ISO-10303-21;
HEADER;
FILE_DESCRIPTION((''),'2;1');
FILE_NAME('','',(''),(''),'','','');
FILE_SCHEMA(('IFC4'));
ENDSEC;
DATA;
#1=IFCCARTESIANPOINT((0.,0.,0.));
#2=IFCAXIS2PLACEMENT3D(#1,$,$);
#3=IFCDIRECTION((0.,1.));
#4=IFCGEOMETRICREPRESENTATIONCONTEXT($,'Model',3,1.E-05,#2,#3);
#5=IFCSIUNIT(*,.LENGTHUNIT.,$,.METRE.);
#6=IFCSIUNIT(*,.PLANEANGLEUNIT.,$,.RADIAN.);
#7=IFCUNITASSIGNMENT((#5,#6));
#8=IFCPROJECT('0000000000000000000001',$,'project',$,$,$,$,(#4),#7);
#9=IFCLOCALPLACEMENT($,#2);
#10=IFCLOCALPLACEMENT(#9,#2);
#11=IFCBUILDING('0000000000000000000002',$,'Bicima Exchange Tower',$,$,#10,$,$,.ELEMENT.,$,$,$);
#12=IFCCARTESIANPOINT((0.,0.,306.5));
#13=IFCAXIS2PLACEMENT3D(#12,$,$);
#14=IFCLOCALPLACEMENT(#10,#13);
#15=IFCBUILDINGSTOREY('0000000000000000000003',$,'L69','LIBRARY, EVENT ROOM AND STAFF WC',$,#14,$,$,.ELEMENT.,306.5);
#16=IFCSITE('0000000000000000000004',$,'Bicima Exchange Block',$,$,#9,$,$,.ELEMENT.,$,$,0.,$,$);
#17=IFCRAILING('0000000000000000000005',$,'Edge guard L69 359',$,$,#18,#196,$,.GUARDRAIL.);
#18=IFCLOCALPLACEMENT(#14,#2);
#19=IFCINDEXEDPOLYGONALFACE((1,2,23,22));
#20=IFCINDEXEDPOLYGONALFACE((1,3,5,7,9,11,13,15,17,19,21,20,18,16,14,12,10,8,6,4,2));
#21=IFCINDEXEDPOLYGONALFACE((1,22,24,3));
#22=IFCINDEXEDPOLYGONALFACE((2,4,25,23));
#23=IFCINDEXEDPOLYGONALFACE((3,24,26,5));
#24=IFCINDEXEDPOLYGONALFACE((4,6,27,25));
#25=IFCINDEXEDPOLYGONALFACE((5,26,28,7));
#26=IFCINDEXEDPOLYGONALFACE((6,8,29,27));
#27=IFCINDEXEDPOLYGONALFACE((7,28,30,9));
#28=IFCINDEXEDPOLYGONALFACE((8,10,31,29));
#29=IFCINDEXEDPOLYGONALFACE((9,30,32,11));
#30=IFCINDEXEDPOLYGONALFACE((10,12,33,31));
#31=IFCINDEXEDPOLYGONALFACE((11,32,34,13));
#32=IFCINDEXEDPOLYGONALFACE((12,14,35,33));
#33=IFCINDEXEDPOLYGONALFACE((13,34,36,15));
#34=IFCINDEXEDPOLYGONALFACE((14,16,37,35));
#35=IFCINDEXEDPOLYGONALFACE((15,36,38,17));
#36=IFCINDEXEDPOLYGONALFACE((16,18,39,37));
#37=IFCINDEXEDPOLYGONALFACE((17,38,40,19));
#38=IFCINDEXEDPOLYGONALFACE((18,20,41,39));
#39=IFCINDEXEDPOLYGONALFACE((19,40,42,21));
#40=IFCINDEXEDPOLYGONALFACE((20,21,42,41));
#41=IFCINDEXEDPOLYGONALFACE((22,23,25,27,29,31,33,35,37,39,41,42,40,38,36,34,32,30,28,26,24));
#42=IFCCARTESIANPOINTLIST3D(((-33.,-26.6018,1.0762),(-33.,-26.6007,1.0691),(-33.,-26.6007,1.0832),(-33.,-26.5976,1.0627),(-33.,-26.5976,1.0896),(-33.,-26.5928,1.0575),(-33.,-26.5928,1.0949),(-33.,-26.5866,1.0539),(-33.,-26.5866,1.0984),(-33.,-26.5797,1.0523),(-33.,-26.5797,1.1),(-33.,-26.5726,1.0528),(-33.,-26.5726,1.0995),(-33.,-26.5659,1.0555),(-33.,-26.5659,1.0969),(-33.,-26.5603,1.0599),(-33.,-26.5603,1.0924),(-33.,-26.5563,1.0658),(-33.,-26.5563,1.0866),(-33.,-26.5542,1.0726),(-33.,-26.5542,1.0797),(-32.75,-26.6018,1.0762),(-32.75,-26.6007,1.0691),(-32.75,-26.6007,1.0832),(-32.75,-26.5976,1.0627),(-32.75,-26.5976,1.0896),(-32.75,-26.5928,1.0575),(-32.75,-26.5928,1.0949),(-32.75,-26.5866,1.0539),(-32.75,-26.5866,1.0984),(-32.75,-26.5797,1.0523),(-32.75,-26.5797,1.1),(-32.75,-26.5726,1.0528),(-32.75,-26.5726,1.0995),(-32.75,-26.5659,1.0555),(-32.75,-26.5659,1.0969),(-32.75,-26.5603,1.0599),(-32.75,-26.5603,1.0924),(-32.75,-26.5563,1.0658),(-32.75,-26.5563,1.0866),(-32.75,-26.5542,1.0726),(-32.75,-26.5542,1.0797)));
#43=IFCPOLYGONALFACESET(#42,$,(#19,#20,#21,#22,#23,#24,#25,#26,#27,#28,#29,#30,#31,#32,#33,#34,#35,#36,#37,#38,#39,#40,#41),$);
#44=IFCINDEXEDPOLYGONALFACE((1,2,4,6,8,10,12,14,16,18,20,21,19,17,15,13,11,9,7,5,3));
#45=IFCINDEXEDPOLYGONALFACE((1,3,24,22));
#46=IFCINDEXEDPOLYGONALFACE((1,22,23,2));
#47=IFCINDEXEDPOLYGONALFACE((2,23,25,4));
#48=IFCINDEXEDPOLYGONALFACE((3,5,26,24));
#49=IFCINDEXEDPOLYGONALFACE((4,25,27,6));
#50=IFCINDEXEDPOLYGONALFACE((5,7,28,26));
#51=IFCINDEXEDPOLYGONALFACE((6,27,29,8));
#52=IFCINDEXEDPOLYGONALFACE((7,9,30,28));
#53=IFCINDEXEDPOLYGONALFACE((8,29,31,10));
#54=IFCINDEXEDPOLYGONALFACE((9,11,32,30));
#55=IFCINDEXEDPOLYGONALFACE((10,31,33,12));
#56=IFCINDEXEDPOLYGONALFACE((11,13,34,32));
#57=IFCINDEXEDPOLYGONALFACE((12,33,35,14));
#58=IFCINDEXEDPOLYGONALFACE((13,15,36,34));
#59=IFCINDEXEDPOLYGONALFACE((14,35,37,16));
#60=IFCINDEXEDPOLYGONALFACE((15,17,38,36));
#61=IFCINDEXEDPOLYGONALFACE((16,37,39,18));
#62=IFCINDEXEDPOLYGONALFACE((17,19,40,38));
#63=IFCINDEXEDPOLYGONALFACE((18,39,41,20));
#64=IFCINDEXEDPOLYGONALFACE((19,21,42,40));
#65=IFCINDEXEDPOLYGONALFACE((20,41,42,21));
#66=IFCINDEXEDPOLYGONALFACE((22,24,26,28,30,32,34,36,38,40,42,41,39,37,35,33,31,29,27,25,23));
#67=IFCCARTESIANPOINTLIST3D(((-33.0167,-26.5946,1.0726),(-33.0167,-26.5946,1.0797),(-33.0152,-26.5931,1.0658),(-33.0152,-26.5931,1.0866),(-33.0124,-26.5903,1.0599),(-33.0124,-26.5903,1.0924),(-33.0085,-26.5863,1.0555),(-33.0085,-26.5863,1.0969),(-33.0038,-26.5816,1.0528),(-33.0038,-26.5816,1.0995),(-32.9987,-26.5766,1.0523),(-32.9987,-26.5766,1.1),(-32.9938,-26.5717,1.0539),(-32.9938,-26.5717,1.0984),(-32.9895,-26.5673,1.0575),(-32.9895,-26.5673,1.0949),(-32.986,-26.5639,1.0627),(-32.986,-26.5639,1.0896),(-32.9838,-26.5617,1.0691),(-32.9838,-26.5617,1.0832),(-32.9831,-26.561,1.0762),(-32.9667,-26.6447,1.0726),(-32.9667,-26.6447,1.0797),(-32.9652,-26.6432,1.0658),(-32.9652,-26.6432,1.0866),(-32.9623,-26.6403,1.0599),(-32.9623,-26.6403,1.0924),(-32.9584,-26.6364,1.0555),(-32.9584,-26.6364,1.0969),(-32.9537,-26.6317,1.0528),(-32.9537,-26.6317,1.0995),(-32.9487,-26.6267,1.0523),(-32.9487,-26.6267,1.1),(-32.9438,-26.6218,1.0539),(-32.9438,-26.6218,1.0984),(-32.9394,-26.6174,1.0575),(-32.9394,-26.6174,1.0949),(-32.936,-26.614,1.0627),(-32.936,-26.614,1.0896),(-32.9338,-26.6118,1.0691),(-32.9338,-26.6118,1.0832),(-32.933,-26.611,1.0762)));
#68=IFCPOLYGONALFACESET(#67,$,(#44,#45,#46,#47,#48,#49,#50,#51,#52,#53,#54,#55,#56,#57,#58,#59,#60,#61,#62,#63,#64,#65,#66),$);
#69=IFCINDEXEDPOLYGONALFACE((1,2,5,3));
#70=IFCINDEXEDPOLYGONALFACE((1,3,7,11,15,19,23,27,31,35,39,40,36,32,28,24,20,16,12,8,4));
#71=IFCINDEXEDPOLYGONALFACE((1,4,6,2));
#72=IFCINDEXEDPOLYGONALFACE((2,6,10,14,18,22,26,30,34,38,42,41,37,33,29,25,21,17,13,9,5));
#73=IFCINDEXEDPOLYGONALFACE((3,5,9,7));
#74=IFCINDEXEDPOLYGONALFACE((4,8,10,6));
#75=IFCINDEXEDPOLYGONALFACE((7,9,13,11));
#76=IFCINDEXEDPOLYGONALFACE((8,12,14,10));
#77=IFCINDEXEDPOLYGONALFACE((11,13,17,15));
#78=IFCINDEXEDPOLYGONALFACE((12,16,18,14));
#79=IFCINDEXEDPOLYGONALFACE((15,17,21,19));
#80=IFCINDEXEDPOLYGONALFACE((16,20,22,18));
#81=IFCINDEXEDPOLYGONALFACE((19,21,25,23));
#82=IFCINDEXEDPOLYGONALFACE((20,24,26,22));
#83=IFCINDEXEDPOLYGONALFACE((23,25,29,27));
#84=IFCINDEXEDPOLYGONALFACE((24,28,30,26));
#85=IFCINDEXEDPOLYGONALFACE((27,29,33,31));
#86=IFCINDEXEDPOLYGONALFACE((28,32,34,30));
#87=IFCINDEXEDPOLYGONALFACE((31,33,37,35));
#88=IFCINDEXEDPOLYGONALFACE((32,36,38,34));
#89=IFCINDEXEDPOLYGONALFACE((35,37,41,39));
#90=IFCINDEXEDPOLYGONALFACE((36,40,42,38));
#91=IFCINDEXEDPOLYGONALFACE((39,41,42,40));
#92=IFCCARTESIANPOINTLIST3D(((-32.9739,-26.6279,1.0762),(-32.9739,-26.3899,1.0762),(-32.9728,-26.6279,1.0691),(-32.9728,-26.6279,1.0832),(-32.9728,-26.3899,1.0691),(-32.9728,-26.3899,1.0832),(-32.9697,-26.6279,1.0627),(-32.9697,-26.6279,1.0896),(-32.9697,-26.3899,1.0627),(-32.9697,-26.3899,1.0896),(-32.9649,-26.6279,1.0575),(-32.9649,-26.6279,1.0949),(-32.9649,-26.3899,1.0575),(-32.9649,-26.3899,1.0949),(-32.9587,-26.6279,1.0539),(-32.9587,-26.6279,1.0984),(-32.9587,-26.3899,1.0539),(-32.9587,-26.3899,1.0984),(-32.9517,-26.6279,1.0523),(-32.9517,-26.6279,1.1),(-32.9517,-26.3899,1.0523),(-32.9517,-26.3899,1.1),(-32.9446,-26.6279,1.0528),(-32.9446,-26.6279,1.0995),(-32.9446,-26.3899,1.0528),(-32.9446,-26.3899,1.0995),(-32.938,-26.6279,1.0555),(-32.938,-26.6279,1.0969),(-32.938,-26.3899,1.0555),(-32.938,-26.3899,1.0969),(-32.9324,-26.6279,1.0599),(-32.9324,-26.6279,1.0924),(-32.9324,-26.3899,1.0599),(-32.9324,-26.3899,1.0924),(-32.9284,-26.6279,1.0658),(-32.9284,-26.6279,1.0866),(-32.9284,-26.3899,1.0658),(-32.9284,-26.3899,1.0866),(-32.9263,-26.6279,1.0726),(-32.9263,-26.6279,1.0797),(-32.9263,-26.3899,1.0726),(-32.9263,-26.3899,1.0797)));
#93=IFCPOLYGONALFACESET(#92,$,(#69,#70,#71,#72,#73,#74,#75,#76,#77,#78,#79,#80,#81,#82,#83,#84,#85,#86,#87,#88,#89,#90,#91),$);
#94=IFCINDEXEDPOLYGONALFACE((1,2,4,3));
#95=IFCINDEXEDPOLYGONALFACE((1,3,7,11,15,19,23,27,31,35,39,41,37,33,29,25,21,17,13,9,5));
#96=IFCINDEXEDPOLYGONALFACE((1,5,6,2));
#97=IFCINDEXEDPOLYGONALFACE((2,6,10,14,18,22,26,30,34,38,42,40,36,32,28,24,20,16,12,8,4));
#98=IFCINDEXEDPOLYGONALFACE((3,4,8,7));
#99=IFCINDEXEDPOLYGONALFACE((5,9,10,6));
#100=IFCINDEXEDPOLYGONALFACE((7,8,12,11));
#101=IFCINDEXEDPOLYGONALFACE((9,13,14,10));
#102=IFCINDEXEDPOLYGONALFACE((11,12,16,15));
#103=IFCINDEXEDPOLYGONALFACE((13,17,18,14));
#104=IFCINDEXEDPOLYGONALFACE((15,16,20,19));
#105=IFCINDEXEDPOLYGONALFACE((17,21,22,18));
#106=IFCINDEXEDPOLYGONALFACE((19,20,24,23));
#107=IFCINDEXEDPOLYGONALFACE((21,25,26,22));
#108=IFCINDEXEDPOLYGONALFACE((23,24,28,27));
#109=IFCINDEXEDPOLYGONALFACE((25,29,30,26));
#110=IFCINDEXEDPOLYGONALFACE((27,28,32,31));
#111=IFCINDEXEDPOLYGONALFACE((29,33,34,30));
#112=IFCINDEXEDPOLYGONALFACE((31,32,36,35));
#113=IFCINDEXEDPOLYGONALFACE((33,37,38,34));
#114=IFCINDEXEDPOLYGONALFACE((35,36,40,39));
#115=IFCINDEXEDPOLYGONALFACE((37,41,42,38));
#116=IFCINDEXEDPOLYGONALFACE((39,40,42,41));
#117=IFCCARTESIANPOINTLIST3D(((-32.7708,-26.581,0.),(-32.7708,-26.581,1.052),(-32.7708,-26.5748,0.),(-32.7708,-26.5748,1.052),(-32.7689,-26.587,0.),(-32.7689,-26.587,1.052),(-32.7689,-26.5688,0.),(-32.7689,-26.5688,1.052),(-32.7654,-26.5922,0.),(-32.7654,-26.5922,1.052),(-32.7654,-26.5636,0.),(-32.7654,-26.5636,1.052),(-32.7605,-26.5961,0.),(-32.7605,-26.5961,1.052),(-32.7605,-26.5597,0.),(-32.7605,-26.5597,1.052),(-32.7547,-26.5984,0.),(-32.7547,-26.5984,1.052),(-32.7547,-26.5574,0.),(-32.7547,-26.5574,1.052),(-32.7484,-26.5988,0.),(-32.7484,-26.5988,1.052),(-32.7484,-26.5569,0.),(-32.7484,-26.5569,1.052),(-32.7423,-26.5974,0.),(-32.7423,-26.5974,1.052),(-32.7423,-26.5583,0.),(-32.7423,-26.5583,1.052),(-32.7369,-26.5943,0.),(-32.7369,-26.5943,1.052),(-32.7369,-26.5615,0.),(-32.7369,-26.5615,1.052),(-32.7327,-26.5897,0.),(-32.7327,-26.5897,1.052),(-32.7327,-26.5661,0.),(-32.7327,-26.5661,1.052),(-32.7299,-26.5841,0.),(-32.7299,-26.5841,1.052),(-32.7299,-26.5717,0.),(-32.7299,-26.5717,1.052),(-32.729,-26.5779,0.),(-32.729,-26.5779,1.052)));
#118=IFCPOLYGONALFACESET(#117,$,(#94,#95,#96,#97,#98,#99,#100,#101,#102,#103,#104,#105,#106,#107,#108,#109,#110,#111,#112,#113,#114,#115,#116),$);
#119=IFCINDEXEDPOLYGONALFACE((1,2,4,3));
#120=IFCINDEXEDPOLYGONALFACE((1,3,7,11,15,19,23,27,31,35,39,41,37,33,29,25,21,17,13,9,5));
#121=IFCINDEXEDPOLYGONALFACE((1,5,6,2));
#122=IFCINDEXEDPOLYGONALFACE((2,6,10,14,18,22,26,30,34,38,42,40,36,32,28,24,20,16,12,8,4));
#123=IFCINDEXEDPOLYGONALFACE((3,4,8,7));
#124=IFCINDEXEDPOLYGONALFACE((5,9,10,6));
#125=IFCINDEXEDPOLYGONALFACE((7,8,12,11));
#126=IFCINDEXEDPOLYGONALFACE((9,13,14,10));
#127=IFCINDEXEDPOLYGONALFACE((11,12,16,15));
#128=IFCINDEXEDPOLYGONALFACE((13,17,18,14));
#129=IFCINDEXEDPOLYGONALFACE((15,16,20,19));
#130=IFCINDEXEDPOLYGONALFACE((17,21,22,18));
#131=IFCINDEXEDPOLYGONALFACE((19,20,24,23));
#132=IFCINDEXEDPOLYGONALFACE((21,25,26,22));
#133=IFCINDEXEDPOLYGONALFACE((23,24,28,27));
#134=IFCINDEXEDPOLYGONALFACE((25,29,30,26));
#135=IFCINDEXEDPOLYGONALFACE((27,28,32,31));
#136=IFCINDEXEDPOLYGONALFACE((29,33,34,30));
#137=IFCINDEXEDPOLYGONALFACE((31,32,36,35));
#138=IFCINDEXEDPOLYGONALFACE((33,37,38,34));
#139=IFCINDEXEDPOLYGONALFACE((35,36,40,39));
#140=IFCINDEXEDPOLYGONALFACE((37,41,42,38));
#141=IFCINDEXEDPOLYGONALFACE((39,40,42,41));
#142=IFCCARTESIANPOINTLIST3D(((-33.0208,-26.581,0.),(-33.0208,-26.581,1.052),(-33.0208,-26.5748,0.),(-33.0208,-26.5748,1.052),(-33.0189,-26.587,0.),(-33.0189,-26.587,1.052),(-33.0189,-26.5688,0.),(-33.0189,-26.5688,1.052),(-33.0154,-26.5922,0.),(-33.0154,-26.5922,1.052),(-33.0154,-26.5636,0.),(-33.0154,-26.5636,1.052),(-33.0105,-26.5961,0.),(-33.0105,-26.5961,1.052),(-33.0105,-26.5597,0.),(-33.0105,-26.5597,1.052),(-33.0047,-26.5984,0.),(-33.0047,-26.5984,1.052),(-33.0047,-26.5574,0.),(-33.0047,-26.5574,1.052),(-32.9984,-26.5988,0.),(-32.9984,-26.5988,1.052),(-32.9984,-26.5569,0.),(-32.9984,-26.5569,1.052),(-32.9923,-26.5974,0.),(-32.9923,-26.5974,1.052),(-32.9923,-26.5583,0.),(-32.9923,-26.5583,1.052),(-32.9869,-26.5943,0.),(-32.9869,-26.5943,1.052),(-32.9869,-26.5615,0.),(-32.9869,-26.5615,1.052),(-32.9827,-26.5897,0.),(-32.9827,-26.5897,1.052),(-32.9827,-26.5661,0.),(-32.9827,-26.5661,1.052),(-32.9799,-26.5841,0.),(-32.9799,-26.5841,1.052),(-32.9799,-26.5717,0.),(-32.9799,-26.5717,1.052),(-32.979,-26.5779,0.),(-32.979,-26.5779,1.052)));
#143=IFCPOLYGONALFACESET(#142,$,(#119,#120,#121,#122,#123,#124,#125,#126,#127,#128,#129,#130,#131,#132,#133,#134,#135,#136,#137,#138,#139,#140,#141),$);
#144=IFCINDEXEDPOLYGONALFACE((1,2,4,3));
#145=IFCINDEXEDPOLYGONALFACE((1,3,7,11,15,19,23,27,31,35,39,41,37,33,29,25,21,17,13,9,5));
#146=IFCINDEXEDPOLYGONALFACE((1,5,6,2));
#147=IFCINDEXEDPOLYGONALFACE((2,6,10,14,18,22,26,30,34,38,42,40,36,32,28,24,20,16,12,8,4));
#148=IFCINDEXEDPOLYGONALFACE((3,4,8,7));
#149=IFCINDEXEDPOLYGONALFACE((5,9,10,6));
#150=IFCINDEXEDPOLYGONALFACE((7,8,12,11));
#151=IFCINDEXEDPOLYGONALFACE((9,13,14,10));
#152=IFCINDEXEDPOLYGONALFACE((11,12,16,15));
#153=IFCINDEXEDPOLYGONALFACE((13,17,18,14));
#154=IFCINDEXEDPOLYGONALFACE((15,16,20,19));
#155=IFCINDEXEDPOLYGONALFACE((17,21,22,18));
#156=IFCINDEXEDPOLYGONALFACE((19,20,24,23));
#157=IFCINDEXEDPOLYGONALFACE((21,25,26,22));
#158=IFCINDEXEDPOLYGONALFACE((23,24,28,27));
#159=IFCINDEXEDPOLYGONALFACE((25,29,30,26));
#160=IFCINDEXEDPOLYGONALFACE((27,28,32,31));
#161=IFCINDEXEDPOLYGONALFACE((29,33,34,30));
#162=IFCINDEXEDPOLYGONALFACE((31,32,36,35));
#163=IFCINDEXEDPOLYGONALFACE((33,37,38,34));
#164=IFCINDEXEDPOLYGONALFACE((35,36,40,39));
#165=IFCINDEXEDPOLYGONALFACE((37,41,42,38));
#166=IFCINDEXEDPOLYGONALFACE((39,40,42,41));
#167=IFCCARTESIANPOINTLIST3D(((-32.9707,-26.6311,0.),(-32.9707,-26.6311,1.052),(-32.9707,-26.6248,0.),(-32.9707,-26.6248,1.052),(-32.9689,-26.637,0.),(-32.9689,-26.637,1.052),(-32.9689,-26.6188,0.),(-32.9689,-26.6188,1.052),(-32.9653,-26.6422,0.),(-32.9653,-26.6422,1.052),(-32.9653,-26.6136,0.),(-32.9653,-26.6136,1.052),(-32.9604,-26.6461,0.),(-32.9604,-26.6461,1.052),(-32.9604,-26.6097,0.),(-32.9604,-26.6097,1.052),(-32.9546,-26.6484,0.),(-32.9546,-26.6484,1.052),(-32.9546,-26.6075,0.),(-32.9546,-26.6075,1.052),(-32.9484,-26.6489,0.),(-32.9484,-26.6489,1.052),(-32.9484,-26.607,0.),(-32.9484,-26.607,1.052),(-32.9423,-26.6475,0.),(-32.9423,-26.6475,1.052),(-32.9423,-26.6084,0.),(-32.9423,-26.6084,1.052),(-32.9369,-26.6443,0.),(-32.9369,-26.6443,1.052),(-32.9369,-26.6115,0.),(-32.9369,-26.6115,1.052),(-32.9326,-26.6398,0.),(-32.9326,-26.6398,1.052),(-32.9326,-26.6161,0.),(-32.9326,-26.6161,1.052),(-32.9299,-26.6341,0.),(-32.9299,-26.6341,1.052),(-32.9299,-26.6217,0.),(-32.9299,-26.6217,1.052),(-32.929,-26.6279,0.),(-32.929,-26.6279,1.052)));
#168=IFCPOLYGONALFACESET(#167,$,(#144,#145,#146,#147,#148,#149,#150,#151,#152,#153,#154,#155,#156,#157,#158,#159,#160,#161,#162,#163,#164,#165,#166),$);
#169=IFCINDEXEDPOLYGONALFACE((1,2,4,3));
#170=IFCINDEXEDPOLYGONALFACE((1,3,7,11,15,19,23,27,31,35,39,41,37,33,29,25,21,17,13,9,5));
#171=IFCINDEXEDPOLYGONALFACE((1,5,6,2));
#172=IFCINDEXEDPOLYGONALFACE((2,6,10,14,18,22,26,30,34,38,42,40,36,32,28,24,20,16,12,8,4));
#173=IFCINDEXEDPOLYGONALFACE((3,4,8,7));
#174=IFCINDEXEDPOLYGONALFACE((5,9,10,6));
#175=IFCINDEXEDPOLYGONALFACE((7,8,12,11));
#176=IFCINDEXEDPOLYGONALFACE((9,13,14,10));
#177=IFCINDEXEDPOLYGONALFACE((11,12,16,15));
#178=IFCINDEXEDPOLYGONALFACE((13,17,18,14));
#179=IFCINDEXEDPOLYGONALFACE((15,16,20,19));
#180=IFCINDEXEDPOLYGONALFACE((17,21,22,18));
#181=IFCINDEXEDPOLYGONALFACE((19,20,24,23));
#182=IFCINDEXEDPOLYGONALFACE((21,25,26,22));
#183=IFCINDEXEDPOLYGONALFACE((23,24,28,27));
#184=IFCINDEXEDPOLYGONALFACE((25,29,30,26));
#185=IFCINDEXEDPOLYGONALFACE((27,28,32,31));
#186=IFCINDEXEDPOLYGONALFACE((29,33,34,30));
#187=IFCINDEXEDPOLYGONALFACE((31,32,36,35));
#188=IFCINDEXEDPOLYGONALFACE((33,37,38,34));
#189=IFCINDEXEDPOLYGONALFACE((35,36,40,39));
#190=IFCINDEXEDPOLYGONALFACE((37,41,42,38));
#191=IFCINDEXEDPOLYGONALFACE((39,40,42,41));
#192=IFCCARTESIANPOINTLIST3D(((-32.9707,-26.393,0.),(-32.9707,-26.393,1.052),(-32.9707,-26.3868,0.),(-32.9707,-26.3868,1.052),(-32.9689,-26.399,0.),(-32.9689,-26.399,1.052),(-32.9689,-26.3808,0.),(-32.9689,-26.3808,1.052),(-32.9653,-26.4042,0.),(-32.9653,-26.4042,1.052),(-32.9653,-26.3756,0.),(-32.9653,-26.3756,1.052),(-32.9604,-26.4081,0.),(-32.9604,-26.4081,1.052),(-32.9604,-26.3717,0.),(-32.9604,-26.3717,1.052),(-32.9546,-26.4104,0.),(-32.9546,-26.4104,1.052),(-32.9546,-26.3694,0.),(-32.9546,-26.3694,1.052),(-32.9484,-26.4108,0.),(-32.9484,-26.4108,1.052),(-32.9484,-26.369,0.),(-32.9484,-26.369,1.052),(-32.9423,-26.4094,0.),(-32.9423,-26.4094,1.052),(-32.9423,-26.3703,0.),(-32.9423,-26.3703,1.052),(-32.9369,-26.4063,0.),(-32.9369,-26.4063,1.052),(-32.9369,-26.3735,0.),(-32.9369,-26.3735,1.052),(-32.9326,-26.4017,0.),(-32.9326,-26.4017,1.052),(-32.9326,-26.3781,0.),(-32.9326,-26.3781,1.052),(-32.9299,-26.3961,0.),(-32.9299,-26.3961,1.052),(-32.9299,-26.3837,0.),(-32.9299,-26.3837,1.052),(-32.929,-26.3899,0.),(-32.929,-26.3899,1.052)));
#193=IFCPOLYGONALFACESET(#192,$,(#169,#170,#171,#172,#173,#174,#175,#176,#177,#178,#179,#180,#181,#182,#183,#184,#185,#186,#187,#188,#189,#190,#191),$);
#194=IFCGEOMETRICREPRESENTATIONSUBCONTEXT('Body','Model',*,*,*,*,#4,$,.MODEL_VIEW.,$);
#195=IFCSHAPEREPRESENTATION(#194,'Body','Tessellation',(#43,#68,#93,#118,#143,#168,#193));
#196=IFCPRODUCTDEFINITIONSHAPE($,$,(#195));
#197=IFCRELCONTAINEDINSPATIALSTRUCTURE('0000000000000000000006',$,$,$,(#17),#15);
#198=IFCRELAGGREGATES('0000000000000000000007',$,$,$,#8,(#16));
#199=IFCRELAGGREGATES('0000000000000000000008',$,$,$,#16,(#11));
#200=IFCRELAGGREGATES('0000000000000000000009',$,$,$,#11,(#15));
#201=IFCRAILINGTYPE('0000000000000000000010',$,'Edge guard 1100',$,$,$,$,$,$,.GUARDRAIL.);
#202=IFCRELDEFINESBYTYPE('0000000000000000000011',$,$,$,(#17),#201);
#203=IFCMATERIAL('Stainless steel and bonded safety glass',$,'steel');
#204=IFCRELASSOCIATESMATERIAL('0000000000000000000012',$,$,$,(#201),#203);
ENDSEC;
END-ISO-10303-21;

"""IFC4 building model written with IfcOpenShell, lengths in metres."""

from ifc_helpers import new_model, si_unit, direction, frame, origin, origin_2d, place, context, subcontext, project, spatial, circle, extrude, material, type_object, element, save


model = new_model("IFC4")

# Units and contexts
model_context = context("Model", 3, precision=1e-05, world=origin(), true_north=direction((0.0, 1.0)))
body_context = subcontext(model_context, "Body", "Model", "MODEL_VIEW")
ifc_project = project(units=[si_unit("LENGTHUNIT", "METRE"), si_unit("PLANEANGLEUNIT", "RADIAN")], contexts=[model_context])

# Site, building, storey
site_placement = place(None, origin())
site = spatial("IfcSite", under=ifc_project, at=site_placement, Name="Bicima Exchange Block", CompositionType="ELEMENT", RefElevation=0.0)
building_placement = place(site_placement, origin())
building = spatial("IfcBuilding", under=site, at=building_placement, Name="Bicima Exchange Tower", CompositionType="ELEMENT")
storey_placement = place(building_placement, frame((0.0, 0.0, 306.5)))
storey = spatial("IfcBuildingStorey", under=building, at=storey_placement, Name="L69", Description="LIBRARY, EVENT ROOM AND STAFF WC", CompositionType="ELEMENT", Elevation=306.5)

# Railing
ifc_material_1 = material(Name="Stainless steel and bonded safety glass", Category="steel")
railing_type = type_object("IfcRailingType", Name="Edge guard 1100", PredefinedType="GUARDRAIL", material=ifc_material_1)
railing_1_placement = place(storey_placement, frame((-32.75, -26.5779, 0.0)))
element("IfcRailing", 1, at=railing_1_placement, inside=storey, type_object=railing_type, Name="Edge guard L69 359", PredefinedType="GUARDRAIL", context=body_context, shape_type="SweptSolid", body=[
    extrude(circle(Radius=0.0239, at=origin_2d()), frame((0.0, 0.0, 1.0762), z_axis=(-1.0, 0.0, 0.0), x_axis=(0.0, -1.0, 0.0)), (0.0, 0.0, 1.0), 0.25),
    extrude(circle(Radius=0.0239, at=origin_2d()), frame((-0.25, 0.0, 1.0762), z_axis=(0.707107, -0.707107, 0.0), x_axis=(0.707107, 0.707107, 0.0)), (0.0, 0.0, 1.0), 0.0708),
    extrude(circle(Radius=0.0239, at=origin_2d()), frame((-0.2, -0.05, 1.0762), z_axis=(0.0, 1.0, 0.0), x_axis=(-1.0, 0.0, 0.0)), (0.0, 0.0, 1.0), 0.238),
    extrude(circle(Radius=0.021, at=origin_2d()), origin(), (0.0, 0.0, 1.0), 1.052),
    extrude(circle(Radius=0.021, at=origin_2d()), frame((-0.25, 0.0, 0.0)), (0.0, 0.0, 1.0), 1.052),
    extrude(circle(Radius=0.021, at=origin_2d()), frame((-0.2, -0.05, 0.0)), (0.0, 0.0, 1.0), 1.052),
    extrude(circle(Radius=0.021, at=origin_2d()), frame((-0.2, 0.188, 0.0)), (0.0, 0.0, 1.0), 1.052),
])

save(model, "model.ifc")
